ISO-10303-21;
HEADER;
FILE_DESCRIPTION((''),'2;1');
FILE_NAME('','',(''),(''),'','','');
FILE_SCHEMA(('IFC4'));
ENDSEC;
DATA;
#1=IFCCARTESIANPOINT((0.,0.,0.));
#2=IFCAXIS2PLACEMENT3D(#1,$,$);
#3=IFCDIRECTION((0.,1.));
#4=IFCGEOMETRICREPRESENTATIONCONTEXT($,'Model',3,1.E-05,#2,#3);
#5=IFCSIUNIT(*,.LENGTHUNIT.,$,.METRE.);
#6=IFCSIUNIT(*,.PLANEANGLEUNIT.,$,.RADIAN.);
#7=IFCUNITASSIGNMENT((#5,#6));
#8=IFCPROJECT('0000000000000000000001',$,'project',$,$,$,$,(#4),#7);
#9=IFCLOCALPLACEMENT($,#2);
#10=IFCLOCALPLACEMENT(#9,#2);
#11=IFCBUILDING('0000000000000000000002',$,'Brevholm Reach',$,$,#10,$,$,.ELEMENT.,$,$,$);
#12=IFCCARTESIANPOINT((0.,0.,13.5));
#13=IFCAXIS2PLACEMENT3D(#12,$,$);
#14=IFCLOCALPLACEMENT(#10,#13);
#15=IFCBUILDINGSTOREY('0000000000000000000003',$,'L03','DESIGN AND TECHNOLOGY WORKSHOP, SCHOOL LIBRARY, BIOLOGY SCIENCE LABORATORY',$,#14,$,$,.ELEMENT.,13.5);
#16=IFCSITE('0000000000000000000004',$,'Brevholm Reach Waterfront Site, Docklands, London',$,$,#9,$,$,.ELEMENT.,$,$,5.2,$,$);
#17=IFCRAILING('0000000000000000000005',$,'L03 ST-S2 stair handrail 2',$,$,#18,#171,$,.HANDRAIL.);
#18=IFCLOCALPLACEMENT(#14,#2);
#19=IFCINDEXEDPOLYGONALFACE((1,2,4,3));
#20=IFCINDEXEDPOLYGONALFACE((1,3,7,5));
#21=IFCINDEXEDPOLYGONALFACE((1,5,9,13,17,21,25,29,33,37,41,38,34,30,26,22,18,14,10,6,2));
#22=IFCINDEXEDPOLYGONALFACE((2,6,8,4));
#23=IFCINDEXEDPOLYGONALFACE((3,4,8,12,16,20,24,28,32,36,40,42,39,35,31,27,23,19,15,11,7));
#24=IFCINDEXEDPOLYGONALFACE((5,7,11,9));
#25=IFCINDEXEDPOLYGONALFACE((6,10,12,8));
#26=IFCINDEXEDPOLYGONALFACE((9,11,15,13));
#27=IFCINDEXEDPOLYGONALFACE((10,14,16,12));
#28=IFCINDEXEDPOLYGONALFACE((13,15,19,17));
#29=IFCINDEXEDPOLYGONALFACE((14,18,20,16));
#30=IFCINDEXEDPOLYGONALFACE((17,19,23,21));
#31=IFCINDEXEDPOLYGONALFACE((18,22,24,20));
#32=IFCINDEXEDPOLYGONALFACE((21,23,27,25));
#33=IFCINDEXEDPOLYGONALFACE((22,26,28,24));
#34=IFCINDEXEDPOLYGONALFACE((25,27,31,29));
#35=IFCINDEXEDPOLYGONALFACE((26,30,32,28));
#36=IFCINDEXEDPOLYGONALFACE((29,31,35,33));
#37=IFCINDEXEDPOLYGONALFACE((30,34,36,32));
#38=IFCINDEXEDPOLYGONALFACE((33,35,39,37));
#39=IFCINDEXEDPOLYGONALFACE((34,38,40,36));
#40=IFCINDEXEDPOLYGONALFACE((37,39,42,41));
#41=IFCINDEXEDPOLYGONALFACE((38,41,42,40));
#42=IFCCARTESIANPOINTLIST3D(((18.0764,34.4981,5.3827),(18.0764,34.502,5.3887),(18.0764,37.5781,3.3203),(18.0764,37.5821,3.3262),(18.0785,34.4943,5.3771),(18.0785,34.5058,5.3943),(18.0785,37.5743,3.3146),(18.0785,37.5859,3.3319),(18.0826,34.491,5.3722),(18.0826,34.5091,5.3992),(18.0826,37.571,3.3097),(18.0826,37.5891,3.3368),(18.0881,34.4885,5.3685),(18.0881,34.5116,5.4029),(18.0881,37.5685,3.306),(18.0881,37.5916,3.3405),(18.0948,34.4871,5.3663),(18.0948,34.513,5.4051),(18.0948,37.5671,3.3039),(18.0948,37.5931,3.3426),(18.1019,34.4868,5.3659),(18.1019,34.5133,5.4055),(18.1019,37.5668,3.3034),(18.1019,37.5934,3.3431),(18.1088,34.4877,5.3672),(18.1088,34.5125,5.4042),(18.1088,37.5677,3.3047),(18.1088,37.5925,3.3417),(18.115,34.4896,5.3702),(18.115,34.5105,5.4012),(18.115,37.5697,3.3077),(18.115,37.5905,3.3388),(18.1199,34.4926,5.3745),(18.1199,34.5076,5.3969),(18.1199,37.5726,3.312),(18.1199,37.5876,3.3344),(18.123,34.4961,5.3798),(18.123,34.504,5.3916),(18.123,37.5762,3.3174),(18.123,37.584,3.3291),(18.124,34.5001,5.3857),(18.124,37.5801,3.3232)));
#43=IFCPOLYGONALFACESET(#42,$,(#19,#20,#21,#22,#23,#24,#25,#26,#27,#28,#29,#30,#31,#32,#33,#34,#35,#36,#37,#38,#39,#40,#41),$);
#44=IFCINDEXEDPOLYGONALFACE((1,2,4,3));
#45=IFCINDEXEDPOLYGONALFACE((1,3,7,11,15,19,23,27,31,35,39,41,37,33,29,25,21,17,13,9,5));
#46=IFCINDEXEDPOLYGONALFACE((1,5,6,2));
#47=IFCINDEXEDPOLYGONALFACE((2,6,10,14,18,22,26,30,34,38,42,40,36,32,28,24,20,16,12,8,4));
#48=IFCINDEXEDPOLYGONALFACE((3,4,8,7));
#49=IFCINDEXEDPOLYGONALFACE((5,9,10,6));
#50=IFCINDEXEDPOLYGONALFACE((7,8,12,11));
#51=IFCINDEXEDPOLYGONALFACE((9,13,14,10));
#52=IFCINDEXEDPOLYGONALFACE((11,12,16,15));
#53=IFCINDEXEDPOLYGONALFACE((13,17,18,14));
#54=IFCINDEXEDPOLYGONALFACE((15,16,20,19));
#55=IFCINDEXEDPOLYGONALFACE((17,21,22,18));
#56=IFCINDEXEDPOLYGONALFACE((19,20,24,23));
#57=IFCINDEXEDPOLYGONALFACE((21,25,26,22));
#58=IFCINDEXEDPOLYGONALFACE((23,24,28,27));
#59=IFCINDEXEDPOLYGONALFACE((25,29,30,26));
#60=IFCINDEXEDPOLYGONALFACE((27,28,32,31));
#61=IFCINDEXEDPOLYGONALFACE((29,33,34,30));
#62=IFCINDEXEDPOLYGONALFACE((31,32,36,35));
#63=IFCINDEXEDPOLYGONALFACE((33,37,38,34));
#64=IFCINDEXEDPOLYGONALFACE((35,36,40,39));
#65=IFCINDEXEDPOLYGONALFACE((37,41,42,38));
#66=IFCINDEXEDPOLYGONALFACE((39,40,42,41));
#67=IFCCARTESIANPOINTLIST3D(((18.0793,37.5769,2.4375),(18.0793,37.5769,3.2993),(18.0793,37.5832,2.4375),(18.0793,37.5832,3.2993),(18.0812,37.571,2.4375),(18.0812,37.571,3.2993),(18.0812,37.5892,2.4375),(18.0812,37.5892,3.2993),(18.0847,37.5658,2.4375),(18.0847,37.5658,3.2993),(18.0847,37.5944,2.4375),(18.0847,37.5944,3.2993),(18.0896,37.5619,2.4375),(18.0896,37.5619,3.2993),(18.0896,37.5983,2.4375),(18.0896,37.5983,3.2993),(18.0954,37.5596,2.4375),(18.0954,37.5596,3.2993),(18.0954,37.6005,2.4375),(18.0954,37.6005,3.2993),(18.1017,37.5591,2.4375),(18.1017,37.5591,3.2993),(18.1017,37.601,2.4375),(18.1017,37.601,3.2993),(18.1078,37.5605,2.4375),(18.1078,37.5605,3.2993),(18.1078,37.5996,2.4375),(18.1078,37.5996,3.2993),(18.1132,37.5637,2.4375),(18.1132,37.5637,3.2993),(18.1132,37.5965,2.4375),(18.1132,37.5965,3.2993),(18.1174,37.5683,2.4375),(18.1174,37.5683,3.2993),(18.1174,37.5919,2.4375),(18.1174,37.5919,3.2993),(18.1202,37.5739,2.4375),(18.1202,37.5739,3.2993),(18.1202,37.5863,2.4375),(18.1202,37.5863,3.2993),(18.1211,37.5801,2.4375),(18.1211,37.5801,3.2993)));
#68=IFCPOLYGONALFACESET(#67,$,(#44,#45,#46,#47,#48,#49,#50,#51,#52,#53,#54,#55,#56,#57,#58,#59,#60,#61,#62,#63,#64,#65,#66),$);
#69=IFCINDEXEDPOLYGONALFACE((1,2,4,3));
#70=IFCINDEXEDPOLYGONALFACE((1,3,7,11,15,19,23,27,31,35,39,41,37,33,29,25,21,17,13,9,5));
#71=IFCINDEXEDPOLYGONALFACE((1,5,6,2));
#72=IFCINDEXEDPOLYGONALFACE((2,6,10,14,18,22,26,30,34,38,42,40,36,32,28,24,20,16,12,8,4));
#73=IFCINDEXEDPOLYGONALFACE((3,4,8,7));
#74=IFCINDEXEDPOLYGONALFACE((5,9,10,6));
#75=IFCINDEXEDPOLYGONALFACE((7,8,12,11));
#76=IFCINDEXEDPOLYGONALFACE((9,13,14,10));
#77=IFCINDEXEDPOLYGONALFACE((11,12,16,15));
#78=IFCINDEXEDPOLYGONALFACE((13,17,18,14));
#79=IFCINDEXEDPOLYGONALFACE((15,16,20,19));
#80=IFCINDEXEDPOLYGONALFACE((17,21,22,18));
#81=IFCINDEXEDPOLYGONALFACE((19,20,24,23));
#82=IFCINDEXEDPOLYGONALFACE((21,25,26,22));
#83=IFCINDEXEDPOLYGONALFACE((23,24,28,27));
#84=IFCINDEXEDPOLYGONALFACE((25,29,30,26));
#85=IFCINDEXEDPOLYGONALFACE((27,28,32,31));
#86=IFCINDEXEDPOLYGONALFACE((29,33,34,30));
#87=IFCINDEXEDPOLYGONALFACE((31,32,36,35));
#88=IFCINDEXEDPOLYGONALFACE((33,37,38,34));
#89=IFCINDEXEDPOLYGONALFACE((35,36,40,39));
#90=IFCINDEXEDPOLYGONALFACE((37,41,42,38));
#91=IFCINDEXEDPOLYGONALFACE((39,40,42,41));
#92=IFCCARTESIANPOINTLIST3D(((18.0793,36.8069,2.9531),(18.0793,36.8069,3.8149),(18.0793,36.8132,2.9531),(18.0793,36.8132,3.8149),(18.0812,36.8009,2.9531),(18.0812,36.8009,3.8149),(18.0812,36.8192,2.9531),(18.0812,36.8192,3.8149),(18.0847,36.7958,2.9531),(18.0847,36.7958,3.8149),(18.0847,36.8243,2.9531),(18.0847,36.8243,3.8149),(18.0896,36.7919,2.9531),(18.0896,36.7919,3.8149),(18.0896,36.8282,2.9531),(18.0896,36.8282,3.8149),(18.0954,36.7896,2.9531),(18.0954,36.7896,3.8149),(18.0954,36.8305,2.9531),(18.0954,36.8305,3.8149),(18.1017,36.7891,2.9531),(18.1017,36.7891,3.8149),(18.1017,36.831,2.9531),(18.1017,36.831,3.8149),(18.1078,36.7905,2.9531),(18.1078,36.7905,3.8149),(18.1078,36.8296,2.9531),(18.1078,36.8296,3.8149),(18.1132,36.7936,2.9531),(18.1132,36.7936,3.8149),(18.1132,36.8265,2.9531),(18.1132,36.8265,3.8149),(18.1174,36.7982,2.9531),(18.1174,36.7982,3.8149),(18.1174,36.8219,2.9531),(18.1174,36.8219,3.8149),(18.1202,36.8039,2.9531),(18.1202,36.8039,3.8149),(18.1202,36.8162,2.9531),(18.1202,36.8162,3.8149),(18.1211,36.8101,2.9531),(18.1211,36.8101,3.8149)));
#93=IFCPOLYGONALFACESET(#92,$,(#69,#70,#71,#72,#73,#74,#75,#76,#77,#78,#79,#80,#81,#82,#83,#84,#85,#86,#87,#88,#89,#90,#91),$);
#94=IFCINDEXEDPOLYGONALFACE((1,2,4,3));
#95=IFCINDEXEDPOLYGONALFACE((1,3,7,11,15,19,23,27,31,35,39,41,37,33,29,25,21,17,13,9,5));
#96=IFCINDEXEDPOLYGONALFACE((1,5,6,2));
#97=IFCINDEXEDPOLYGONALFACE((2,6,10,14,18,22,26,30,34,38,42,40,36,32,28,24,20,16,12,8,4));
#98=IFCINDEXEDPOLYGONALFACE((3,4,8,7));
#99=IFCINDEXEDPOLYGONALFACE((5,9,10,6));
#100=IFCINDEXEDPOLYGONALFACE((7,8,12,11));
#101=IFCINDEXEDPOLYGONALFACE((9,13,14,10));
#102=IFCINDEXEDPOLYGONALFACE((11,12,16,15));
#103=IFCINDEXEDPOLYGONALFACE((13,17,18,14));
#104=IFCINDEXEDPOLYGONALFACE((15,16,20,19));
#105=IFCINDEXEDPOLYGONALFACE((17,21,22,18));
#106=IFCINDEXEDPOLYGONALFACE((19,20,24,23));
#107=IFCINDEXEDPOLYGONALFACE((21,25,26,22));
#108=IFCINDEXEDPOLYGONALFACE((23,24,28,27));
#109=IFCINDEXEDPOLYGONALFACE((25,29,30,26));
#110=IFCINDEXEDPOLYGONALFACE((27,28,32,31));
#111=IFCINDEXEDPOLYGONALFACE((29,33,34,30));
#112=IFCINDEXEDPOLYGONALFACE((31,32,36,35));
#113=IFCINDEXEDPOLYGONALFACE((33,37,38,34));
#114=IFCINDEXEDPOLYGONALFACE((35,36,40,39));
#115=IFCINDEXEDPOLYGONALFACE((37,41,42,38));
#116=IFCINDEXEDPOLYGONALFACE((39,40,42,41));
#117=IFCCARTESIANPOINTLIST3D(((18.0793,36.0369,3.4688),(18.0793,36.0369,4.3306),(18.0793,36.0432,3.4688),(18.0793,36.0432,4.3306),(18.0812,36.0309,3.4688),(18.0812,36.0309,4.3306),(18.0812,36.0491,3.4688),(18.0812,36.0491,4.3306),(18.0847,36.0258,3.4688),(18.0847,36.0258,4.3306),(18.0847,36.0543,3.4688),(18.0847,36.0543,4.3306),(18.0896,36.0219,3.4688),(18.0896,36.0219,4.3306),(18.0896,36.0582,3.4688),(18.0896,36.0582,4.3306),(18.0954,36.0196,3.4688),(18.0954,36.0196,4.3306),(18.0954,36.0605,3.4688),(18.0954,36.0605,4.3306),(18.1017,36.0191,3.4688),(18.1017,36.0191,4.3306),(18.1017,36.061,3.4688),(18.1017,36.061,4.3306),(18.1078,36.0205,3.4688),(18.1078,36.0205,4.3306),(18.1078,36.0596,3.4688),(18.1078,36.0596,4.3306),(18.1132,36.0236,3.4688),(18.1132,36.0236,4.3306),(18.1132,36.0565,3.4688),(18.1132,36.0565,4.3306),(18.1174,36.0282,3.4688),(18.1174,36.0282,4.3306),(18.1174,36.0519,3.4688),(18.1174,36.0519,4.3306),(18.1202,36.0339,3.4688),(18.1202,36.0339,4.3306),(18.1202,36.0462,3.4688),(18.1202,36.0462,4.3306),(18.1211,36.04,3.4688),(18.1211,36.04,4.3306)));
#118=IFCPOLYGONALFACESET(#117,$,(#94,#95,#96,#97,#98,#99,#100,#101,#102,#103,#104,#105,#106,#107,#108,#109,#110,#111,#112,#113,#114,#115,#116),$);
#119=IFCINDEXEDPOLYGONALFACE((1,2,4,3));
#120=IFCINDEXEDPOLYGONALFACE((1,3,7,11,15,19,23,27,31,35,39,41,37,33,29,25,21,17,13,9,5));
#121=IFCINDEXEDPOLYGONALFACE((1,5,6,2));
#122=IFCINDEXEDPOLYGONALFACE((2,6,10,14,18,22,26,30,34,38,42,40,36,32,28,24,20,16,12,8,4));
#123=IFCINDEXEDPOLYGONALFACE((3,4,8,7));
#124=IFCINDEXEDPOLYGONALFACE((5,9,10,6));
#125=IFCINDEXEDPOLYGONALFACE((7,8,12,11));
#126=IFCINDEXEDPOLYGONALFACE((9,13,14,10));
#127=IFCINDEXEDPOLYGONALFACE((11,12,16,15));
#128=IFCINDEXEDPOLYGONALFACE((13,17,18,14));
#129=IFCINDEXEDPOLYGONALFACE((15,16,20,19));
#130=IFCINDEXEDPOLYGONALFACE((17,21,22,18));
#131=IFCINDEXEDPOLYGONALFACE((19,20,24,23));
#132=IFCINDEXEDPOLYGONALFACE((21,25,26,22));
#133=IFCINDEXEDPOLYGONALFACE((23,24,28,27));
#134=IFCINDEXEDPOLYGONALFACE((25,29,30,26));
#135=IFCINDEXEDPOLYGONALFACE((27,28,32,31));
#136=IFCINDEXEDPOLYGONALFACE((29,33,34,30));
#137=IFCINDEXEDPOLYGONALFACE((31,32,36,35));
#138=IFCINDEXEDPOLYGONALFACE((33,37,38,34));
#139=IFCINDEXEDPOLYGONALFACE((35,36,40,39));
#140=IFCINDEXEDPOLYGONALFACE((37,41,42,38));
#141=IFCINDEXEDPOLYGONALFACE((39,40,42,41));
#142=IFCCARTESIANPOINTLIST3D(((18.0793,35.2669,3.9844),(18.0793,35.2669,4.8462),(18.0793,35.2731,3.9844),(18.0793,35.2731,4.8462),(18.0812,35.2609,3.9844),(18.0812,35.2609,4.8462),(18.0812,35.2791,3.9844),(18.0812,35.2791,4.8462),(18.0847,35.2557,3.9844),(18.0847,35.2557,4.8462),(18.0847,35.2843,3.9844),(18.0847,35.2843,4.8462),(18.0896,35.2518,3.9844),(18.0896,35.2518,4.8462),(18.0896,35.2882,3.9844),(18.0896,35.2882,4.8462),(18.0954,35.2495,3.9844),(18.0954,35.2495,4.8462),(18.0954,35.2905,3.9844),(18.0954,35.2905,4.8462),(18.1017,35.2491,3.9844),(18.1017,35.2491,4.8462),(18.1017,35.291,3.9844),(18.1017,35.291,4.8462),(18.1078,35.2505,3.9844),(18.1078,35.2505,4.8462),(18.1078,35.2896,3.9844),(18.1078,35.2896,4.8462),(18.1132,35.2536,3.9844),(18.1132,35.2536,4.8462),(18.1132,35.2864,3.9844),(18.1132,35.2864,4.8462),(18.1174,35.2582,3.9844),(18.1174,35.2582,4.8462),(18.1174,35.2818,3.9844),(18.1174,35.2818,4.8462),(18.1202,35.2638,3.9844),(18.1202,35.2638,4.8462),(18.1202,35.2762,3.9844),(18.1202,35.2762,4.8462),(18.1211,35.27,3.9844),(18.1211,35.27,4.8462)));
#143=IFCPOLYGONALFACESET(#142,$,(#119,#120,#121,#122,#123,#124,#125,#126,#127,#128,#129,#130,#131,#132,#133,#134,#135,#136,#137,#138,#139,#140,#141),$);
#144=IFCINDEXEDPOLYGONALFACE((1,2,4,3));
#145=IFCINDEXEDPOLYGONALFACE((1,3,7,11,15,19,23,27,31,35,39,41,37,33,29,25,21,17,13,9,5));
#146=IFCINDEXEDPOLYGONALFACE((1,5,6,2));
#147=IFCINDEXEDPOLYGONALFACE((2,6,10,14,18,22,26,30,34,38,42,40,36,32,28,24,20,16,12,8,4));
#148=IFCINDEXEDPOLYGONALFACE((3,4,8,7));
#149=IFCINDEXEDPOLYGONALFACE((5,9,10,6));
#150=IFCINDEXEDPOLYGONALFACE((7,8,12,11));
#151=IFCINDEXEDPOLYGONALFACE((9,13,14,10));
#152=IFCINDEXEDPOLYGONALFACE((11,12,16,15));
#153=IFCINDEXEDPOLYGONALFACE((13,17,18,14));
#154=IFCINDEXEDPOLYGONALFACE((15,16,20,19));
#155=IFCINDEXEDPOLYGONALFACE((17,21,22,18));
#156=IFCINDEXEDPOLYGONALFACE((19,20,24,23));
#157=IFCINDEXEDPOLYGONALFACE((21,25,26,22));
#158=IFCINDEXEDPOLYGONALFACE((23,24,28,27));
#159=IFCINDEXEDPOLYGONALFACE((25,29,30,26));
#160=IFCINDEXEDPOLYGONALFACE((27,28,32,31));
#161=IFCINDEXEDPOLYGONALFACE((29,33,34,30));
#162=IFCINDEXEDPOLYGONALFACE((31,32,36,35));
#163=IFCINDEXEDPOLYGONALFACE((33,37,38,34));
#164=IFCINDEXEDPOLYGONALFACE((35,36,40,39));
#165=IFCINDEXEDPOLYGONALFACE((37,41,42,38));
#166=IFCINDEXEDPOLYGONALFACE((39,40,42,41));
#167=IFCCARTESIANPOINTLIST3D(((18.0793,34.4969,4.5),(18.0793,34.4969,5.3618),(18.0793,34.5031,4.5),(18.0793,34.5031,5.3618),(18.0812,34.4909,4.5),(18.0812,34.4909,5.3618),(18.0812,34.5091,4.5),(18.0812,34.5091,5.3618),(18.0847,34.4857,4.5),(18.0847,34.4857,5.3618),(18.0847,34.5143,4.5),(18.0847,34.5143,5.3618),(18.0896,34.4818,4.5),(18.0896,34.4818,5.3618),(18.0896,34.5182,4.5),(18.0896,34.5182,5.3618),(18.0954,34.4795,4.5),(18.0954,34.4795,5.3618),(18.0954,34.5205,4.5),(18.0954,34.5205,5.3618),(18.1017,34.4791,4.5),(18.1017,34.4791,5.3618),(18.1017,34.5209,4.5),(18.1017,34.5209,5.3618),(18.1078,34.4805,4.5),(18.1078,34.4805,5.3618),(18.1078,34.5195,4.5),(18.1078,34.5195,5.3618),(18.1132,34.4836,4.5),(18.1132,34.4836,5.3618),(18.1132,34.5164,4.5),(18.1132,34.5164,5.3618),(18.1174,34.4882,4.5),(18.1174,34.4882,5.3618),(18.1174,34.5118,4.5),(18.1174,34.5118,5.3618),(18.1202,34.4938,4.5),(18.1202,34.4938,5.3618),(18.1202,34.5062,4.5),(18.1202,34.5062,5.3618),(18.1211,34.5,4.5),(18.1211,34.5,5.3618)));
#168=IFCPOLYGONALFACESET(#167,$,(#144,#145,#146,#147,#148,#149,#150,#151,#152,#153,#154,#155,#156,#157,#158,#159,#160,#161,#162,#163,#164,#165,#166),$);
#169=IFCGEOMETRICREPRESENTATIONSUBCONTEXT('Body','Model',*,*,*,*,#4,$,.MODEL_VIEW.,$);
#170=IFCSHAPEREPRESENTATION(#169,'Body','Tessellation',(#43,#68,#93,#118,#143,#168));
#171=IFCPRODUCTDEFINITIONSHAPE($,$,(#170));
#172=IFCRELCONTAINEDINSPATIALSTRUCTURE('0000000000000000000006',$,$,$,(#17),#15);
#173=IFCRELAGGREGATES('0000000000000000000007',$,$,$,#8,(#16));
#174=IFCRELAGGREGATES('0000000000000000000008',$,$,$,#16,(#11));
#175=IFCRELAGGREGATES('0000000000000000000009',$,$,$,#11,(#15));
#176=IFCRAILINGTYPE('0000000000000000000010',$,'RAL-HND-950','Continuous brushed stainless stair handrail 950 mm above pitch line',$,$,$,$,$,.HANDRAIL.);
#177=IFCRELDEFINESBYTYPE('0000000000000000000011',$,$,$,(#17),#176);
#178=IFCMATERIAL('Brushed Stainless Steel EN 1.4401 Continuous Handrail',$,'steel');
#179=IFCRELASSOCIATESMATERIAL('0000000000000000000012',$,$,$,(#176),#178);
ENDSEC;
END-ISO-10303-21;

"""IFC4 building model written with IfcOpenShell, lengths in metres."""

from ifc_helpers import new_model, si_unit, direction, frame, origin, origin_2d, place, context, subcontext, project, spatial, circle, extrude, material, type_object, element, save


model = new_model("IFC4")

# Units and contexts
model_context = context("Model", 3, precision=1e-05, world=origin(), true_north=direction((0.0, 1.0)))
body_context = subcontext(model_context, "Body", "Model", "MODEL_VIEW")
ifc_project = project(units=[si_unit("LENGTHUNIT", "METRE"), si_unit("PLANEANGLEUNIT", "RADIAN")], contexts=[model_context])

# Site, building, storey
site_placement = place(None, origin())
site = spatial("IfcSite", under=ifc_project, at=site_placement, Name="Brevholm Reach Waterfront Site, Docklands, London", CompositionType="ELEMENT", RefElevation=5.2)
building_placement = place(site_placement, origin())
building = spatial("IfcBuilding", under=site, at=building_placement, Name="Brevholm Reach", CompositionType="ELEMENT")
storey_placement = place(building_placement, frame((0.0, 0.0, 13.5)))
storey = spatial("IfcBuildingStorey", under=building, at=storey_placement, Name="L03", Description="DESIGN AND TECHNOLOGY WORKSHOP, SCHOOL LIBRARY, BIOLOGY SCIENCE LABORATORY", CompositionType="ELEMENT", Elevation=13.5)

# Railing
ifc_material_1 = material(Name="Brushed Stainless Steel EN 1.4401 Continuous Handrail", Category="steel")
railing_type_1 = type_object("IfcRailingType", Name="RAL-HND-950", Description="Continuous brushed stainless stair handrail 950 mm above pitch line", PredefinedType="HANDRAIL", material=ifc_material_1)
for number, where, name in (
    (1, (18.1001, 37.5801, 2.4375), "L03 ST-S2 stair handrail 2"),
):
    element("IfcRailing", number, at=place(storey_placement, frame(where)), inside=storey, type_object=railing_type_1, Name=name, PredefinedType="HANDRAIL", context=body_context, shape_type="SweptSolid", body=[
        extrude(circle(Radius=0.0239, at=origin_2d()), frame((0.0, 0.0, 0.8857), z_axis=(0.0, -0.830914, 0.556401), x_axis=(1.0, 0.0, 0.0)), (0.0, 0.0, 1.0), 3.7068),
        extrude(circle(Radius=0.021, at=origin_2d()), origin(), (0.0, 0.0, 1.0), 0.8618),
        extrude(circle(Radius=0.021, at=origin_2d()), frame((0.0, -0.77, 0.5156)), (0.0, 0.0, 1.0), 0.8618),
        extrude(circle(Radius=0.021, at=origin_2d()), frame((0.0, -1.54, 1.0312)), (0.0, 0.0, 1.0), 0.8618),
        extrude(circle(Radius=0.021, at=origin_2d()), frame((0.0, -2.3101, 1.5469)), (0.0, 0.0, 1.0), 0.8618),
        extrude(circle(Radius=0.021, at=origin_2d()), frame((0.0, -3.0801, 2.0625)), (0.0, 0.0, 1.0), 0.8618),
    ])

save(model, "model.ifc")
